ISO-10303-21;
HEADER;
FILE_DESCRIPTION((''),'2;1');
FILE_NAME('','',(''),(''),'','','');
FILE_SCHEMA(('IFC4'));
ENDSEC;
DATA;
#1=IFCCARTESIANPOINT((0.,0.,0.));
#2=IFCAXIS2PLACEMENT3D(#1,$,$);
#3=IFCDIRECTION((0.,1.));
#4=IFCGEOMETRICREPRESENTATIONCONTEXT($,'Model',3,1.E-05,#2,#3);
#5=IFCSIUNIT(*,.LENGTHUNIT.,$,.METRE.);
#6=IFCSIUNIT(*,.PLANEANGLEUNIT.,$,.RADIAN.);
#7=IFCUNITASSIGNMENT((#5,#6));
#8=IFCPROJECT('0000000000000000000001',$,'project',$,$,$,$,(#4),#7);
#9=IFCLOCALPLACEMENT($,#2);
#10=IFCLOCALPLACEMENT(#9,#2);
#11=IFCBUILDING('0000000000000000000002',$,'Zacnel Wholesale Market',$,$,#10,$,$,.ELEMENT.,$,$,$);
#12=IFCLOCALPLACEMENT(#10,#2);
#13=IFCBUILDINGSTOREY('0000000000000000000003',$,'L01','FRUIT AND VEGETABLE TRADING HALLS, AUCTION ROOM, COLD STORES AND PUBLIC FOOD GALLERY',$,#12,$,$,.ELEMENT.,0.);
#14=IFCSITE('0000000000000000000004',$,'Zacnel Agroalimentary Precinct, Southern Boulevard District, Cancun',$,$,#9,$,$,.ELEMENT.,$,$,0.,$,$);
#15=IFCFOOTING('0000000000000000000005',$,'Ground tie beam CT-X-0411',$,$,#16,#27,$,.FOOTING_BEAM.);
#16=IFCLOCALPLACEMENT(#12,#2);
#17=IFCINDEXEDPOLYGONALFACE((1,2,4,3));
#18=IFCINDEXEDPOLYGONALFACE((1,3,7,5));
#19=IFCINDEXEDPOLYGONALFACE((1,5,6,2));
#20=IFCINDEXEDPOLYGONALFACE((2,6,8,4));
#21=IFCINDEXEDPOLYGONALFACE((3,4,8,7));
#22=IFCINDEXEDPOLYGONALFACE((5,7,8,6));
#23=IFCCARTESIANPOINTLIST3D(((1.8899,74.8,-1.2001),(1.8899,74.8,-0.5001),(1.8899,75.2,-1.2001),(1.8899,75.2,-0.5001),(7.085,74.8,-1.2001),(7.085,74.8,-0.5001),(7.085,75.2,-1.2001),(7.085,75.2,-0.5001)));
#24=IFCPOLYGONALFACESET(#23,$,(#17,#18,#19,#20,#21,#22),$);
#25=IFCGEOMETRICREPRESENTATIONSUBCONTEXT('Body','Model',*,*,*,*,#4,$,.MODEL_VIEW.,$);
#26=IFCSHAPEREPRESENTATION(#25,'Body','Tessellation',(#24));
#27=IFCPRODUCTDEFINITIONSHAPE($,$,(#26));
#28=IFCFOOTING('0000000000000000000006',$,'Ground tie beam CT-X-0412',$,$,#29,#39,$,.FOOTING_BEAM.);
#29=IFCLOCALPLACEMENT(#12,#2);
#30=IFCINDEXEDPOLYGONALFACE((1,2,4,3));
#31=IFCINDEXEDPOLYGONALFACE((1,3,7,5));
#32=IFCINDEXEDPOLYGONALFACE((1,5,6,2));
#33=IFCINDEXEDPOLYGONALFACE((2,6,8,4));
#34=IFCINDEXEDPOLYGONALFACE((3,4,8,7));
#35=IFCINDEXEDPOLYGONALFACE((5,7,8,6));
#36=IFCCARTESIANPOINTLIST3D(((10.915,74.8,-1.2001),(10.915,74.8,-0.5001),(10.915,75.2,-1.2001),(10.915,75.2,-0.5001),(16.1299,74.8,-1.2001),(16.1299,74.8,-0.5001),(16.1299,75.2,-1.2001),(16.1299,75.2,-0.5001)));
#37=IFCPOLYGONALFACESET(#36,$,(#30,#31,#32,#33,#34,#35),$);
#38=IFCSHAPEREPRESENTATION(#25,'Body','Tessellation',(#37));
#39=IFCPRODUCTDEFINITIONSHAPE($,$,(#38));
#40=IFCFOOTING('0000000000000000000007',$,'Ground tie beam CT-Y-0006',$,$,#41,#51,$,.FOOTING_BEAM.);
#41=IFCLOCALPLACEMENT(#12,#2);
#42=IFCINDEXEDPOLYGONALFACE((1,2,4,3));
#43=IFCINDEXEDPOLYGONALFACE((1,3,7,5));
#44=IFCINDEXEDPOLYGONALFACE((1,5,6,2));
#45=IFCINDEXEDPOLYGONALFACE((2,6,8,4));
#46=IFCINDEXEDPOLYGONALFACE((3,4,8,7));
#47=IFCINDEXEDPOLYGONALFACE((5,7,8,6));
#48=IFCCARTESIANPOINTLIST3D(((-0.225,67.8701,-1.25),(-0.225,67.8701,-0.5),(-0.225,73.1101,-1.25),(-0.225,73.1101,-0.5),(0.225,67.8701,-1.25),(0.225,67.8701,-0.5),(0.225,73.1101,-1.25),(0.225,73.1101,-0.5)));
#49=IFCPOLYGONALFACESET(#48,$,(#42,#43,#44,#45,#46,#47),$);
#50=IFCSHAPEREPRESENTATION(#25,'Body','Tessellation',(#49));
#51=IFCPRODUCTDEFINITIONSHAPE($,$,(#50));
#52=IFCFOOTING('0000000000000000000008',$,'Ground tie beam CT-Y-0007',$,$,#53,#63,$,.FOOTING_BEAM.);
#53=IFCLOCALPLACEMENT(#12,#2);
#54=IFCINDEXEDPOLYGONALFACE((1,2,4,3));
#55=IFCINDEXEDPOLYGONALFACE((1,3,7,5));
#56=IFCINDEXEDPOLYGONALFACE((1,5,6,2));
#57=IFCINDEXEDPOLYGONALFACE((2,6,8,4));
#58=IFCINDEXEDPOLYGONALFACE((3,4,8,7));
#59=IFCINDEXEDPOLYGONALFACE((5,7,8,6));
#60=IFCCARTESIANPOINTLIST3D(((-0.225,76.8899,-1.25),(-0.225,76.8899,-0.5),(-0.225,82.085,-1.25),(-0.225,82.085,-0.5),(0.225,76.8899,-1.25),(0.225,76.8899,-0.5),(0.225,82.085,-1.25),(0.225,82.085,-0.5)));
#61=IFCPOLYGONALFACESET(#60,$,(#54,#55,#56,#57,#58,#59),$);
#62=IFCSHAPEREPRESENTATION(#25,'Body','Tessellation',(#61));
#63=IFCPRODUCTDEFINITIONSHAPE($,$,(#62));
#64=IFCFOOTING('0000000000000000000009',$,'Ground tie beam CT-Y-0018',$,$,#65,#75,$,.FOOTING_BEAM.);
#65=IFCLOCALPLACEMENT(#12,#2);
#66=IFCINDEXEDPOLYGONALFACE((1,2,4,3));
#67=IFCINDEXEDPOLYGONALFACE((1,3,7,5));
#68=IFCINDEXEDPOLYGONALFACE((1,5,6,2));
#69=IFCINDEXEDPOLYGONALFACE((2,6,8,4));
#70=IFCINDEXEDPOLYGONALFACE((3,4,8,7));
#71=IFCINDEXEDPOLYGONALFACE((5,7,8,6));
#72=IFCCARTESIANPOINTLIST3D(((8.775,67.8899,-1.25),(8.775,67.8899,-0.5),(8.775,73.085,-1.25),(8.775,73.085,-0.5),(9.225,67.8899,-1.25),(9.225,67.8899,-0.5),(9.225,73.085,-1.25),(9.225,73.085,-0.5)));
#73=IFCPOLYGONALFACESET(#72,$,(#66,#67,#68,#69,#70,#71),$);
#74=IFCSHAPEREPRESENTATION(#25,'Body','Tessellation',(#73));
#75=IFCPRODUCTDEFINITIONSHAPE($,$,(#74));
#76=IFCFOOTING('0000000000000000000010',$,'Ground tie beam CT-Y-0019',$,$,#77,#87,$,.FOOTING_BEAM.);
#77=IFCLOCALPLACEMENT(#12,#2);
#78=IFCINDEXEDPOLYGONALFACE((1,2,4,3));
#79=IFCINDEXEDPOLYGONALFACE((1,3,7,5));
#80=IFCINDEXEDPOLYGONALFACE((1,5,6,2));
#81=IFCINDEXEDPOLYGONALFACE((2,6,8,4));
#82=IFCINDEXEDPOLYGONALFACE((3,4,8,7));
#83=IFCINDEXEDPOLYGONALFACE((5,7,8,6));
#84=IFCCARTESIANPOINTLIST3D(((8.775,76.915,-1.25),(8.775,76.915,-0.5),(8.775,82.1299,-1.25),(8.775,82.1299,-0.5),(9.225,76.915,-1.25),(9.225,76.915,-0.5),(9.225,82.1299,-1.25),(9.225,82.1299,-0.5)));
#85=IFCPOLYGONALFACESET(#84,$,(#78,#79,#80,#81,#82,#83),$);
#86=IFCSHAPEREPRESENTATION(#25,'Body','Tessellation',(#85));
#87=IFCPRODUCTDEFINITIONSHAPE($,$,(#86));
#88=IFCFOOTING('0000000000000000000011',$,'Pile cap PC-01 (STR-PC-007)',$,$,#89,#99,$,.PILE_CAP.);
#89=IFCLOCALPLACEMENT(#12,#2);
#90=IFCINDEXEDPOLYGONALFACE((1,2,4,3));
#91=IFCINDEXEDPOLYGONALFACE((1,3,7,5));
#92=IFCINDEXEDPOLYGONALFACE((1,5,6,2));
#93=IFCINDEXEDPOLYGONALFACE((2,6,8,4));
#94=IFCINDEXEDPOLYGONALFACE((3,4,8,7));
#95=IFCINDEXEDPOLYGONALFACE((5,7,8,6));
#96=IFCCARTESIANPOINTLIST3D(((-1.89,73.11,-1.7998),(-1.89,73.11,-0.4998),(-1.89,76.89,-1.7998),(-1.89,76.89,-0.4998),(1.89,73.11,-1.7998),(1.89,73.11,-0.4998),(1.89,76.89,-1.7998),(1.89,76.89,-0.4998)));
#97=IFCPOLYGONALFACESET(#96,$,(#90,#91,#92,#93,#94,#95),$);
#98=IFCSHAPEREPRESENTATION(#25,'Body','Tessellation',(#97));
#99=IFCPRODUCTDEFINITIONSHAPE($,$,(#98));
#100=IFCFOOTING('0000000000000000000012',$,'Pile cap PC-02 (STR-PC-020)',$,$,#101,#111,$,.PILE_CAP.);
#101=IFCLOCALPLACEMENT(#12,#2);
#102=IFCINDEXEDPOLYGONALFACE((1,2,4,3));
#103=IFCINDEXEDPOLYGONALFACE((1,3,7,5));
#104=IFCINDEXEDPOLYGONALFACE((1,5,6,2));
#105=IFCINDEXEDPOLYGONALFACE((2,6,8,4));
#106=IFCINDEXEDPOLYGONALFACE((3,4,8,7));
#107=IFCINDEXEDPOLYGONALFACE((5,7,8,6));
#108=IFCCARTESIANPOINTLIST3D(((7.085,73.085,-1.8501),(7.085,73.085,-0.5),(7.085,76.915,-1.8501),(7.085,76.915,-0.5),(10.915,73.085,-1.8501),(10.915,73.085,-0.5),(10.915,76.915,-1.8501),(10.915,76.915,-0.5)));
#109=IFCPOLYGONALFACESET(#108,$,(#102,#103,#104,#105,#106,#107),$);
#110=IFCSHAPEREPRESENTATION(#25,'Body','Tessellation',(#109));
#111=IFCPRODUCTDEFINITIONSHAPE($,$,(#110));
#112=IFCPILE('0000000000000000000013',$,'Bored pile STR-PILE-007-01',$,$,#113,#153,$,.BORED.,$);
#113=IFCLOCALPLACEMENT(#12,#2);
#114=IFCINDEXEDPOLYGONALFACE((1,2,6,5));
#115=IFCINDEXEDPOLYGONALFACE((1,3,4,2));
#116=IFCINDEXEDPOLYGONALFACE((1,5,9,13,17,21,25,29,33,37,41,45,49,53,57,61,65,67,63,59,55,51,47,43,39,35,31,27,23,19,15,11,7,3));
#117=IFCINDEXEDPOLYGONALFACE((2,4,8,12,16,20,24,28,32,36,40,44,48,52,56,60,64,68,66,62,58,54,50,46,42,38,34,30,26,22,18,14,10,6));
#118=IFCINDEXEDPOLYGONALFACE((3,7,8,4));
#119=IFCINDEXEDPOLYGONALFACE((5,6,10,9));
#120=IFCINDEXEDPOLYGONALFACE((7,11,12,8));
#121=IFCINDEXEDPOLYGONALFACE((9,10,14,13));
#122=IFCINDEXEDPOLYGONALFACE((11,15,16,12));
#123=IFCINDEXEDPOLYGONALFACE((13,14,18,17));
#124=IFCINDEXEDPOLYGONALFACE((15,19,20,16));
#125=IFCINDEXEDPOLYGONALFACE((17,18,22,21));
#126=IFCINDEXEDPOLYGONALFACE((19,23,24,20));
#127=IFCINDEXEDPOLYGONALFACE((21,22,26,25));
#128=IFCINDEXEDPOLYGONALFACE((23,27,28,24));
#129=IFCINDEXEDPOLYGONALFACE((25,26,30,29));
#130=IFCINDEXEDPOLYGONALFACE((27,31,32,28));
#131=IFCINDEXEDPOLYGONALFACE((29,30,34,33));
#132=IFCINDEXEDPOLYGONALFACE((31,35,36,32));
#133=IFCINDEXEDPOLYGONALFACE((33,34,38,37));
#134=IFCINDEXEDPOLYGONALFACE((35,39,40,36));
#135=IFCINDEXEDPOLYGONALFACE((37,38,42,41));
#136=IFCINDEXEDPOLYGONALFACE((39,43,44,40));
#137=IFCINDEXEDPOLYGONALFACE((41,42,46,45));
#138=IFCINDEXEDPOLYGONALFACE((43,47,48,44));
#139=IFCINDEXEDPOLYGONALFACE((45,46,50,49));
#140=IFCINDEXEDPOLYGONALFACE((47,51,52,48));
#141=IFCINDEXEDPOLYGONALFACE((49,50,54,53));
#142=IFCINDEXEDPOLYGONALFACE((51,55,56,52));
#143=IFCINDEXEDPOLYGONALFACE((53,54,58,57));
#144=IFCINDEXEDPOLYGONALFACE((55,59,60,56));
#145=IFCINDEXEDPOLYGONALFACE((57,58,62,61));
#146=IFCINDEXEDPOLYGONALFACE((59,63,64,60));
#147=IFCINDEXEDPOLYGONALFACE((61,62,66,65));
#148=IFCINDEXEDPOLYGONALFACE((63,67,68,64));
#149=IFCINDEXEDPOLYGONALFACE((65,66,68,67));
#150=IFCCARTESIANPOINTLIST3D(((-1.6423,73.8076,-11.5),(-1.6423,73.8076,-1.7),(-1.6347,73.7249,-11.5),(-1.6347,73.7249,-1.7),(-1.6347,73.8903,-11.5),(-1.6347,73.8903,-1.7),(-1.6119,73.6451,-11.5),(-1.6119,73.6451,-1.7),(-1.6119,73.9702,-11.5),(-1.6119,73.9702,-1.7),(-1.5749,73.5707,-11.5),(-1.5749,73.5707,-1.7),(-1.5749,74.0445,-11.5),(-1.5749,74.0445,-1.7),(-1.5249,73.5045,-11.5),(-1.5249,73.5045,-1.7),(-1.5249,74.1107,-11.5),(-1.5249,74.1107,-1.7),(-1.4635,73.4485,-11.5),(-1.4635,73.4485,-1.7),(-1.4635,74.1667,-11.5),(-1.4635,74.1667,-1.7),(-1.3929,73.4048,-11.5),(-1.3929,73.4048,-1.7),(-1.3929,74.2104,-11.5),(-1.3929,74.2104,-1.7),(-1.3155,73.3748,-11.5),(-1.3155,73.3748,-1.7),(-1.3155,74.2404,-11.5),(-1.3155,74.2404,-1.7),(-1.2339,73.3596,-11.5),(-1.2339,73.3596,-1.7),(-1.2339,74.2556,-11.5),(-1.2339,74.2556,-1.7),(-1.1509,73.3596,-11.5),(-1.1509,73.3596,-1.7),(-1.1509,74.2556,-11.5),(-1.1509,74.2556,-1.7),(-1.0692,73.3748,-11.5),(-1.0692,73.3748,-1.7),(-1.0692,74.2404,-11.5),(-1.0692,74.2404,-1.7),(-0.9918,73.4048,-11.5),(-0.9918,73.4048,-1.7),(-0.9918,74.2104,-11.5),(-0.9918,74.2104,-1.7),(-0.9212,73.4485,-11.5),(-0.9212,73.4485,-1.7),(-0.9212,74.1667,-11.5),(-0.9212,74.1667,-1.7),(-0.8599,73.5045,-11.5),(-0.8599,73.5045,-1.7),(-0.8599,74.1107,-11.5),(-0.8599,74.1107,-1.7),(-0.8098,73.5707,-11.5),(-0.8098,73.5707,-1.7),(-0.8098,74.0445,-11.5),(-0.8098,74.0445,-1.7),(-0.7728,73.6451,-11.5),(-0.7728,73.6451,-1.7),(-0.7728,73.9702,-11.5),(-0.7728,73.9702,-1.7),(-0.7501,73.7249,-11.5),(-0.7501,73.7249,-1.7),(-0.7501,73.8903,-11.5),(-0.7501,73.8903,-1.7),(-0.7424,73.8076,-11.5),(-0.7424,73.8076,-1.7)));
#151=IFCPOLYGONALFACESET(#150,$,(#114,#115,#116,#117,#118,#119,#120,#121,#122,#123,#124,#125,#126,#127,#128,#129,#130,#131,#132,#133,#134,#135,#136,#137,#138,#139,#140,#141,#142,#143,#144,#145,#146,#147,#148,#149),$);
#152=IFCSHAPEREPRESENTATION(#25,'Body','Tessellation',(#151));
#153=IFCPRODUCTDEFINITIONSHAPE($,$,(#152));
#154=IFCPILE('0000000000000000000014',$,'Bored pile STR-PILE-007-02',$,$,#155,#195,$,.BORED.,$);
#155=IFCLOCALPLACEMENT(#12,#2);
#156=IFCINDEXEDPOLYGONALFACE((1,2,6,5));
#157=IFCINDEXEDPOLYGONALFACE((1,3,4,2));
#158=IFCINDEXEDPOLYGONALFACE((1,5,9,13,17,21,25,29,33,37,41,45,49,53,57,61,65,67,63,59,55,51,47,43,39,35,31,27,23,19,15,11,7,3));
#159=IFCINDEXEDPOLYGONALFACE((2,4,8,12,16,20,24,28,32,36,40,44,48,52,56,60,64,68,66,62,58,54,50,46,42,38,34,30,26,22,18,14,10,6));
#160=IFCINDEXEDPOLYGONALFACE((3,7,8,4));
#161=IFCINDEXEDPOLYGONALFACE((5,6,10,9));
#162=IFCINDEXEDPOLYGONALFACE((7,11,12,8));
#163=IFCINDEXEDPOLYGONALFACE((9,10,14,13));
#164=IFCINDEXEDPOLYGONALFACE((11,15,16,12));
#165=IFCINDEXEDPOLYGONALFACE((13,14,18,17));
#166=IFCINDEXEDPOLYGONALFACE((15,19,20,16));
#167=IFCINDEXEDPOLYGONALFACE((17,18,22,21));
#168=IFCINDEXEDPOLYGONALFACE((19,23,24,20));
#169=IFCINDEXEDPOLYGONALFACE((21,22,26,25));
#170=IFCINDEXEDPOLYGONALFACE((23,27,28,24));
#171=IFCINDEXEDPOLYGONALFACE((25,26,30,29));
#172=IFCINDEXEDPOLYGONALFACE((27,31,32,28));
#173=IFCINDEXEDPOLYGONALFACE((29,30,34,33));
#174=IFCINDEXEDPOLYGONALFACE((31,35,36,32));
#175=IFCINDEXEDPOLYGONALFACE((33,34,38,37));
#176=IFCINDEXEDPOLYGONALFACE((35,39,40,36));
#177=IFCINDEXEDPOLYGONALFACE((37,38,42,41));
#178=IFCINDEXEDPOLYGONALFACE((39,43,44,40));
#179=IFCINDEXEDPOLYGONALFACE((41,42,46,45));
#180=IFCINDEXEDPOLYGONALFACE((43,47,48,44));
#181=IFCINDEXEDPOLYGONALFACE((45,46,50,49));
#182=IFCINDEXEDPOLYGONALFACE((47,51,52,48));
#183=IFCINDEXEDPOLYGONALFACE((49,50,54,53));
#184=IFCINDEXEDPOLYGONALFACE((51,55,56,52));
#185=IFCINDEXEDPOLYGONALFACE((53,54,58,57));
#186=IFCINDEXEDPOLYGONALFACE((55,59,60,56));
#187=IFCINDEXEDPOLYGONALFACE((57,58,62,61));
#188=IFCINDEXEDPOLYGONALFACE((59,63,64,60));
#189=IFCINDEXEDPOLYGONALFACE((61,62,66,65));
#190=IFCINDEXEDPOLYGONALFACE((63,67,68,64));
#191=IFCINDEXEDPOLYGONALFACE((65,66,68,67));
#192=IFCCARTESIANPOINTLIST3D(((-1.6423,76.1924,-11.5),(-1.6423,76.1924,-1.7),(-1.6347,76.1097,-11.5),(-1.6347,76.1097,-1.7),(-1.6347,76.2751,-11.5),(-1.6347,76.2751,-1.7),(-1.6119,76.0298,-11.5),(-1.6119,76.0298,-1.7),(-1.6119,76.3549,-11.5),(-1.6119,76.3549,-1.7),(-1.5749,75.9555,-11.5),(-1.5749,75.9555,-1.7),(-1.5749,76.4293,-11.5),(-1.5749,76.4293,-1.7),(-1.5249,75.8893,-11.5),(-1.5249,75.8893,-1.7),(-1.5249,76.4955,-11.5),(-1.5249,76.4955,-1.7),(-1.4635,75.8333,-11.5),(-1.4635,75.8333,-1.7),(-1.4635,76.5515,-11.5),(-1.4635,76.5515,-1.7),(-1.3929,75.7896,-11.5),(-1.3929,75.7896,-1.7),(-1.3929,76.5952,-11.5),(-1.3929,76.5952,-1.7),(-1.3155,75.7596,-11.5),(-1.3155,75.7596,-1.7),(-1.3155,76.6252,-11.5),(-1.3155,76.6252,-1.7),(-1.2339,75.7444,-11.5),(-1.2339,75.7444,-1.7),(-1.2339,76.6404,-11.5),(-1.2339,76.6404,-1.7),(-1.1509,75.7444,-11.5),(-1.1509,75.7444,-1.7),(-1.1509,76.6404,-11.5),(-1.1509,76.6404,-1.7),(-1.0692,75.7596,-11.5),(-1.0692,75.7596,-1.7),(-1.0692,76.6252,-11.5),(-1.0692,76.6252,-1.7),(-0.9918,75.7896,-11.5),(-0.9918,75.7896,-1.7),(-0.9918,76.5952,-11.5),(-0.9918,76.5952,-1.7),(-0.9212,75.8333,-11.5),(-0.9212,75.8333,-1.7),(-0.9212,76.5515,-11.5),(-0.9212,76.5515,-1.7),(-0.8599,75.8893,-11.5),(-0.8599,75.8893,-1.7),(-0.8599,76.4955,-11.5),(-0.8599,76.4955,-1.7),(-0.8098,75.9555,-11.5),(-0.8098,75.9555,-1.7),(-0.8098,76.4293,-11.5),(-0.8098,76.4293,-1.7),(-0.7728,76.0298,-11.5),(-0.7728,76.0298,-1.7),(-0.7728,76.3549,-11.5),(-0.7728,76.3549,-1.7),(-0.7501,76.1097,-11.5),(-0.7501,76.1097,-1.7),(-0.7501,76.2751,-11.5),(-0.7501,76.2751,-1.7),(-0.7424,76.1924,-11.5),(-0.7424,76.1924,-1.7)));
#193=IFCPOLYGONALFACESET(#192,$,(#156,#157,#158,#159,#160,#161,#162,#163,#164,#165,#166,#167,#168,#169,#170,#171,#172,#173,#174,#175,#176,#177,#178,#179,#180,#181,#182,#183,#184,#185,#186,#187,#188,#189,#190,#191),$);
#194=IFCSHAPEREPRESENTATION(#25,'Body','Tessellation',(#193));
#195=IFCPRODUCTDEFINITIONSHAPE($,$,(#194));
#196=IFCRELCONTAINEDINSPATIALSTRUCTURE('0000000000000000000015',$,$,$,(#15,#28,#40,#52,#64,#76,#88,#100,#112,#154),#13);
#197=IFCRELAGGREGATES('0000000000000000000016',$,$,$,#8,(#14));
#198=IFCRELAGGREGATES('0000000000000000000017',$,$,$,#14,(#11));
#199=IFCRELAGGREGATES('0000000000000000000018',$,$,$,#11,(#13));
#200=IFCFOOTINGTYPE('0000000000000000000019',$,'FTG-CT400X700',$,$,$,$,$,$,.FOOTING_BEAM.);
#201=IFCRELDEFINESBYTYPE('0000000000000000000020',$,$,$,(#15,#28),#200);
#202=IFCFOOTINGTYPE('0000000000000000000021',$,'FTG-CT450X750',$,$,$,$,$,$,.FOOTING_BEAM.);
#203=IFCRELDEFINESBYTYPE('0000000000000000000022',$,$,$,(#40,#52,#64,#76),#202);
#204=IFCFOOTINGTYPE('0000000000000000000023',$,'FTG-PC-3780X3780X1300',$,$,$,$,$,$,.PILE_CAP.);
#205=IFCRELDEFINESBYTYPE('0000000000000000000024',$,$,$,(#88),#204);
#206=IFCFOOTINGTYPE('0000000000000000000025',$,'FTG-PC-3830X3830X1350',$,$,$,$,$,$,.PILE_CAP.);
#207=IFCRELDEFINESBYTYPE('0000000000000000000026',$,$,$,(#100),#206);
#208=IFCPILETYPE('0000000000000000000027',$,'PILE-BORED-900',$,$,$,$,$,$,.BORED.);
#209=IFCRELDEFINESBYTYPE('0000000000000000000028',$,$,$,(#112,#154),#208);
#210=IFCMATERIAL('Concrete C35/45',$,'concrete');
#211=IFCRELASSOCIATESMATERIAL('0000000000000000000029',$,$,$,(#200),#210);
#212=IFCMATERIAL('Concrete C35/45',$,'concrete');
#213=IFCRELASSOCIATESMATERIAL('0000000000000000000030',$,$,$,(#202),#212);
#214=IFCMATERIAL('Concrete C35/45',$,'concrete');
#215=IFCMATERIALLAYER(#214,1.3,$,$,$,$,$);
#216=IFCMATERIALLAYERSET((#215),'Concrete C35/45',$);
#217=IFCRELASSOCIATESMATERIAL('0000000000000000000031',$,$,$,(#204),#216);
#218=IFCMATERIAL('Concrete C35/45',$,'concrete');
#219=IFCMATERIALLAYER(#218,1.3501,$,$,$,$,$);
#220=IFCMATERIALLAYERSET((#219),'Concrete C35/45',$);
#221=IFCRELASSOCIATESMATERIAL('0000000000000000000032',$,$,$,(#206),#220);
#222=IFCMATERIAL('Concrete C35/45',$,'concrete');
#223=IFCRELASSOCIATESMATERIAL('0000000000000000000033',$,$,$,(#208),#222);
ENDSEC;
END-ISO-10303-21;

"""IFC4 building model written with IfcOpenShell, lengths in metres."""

from ifc_helpers import new_model, si_unit, direction, frame, origin, origin_2d, place, context, subcontext, project, spatial, rectangle, circle, extrude, material, layer, layer_set, material_profile, profile_set, type_object, element, save


model = new_model("IFC4")

# Units and contexts
model_context = context("Model", 3, precision=1e-05, world=origin(), true_north=direction((0.0, 1.0)))
body_context = subcontext(model_context, "Body", "Model", "MODEL_VIEW")
ifc_project = project(units=[si_unit("LENGTHUNIT", "METRE"), si_unit("PLANEANGLEUNIT", "RADIAN")], contexts=[model_context])

# Site, building, storey
site_placement = place(None, origin())
site = spatial("IfcSite", under=ifc_project, at=site_placement, Name="Zacnel Agroalimentary Precinct, Southern Boulevard District, Cancun", CompositionType="ELEMENT", RefElevation=0.0)
building_placement = place(site_placement, origin())
building = spatial("IfcBuilding", under=site, at=building_placement, Name="Zacnel Wholesale Market", CompositionType="ELEMENT")
storey_placement = place(building_placement, origin())
storey = spatial("IfcBuildingStorey", under=building, at=storey_placement, Name="L01", Description="FRUIT AND VEGETABLE TRADING HALLS, AUCTION ROOM, COLD STORES AND PUBLIC FOOD GALLERY", CompositionType="ELEMENT", Elevation=0.0)

# Footings
ifc_material_1 = material(Name="Concrete C35/45", Category="concrete")
ifc_material_profile_1 = material_profile(ifc_material_1, rectangle(XDim=0.3999, YDim=0.7, at=origin_2d()), Name="CT 400x700")
ifc_profile_set_1 = profile_set([ifc_material_profile_1], Name="Concrete C35/45")
footing_type_1 = type_object("IfcFootingType", Name="FTG-CT400X700", PredefinedType="FOOTING_BEAM", material=ifc_profile_set_1)
footing_1_placement = place(storey_placement, frame((1.8899, 75.0, -0.8501), z_axis=(1.0, 0.0, 0.0), x_axis=(0.0, 1.0, 0.0)))
element("IfcFooting", 1, at=footing_1_placement, inside=storey, type_object=footing_type_1, Name="Ground tie beam CT-X-0411", PredefinedType="FOOTING_BEAM", context=body_context, shape_type="SweptSolid", body=[
    extrude(rectangle(XDim=0.3999, YDim=0.7, at=origin_2d()), origin(), (0.0, 0.0, 1.0), 5.1951),
])
footing_2_placement = place(storey_placement, frame((10.915, 75.0, -0.8501), z_axis=(1.0, 0.0, 0.0), x_axis=(0.0, 1.0, 0.0)))
element("IfcFooting", 2, at=footing_2_placement, inside=storey, type_object=footing_type_1, Name="Ground tie beam CT-X-0412", PredefinedType="FOOTING_BEAM", context=body_context, shape_type="SweptSolid", body=[
    extrude(rectangle(XDim=0.3999, YDim=0.7, at=origin_2d()), origin(), (0.0, 0.0, 1.0), 5.2148),
])
ifc_material_2 = material(Name="Concrete C35/45", Category="concrete")
ifc_material_profile_2 = material_profile(ifc_material_2, rectangle(XDim=0.45, YDim=0.75, at=origin_2d()), Name="CT 450x750")
ifc_profile_set_2 = profile_set([ifc_material_profile_2], Name="Concrete C35/45")
footing_type_2 = type_object("IfcFootingType", Name="FTG-CT450X750", PredefinedType="FOOTING_BEAM", material=ifc_profile_set_2)
footing_3_placement = place(storey_placement, frame((0.0, 67.8701, -0.875), z_axis=(0.0, 1.0, 0.0), x_axis=(-1.0, 0.0, 0.0)))
element("IfcFooting", 3, at=footing_3_placement, inside=storey, type_object=footing_type_2, Name="Ground tie beam CT-Y-0006", PredefinedType="FOOTING_BEAM", context=body_context, shape_type="SweptSolid", body=[
    extrude(rectangle(XDim=0.45, YDim=0.75, at=origin_2d()), origin(), (0.0, 0.0, 1.0), 5.24),
])
for number, where, z_axis, x_axis, name in (
    (4, (0.0, 76.8899, -0.875), (0.0, 1.0, 0.0), (-1.0, 0.0, 0.0), "Ground tie beam CT-Y-0007"),
    (5, (9.0, 67.8899, -0.875), (0.0, 1.0, 0.0), (-1.0, 0.0, 0.0), "Ground tie beam CT-Y-0018"),
):
    element("IfcFooting", number, at=place(storey_placement, frame(where, z_axis=z_axis, x_axis=x_axis)), inside=storey, type_object=footing_type_2, Name=name, PredefinedType="FOOTING_BEAM", context=body_context, shape_type="SweptSolid", body=[
        extrude(rectangle(XDim=0.45, YDim=0.75, at=origin_2d()), origin(), (0.0, 0.0, 1.0), 5.1951),
    ])
footing_4_placement = place(storey_placement, frame((9.0, 76.915, -0.875), z_axis=(0.0, 1.0, 0.0), x_axis=(-1.0, 0.0, 0.0)))
element("IfcFooting", 6, at=footing_4_placement, inside=storey, type_object=footing_type_2, Name="Ground tie beam CT-Y-0019", PredefinedType="FOOTING_BEAM", context=body_context, shape_type="SweptSolid", body=[
    extrude(rectangle(XDim=0.45, YDim=0.75, at=origin_2d()), origin(), (0.0, 0.0, 1.0), 5.2148),
])
ifc_material_3 = material(Name="Concrete C35/45", Category="concrete")
ifc_layer_1 = layer(ifc_material_3, 1.3)
ifc_layer_set_1 = layer_set([ifc_layer_1], Name="Concrete C35/45")
footing_type_3 = type_object("IfcFootingType", Name="FTG-PC-3780X3780X1300", PredefinedType="PILE_CAP", material=ifc_layer_set_1)
footing_5_placement = place(storey_placement, frame((0.0, 75.0, -1.7998), z_axis=(0.0, 0.0, 1.0), x_axis=(1.0, 0.0, 0.0)))
element("IfcFooting", 7, at=footing_5_placement, inside=storey, type_object=footing_type_3, Name="Pile cap PC-01 (STR-PC-007)", PredefinedType="PILE_CAP", context=body_context, shape_type="SweptSolid", body=[
    extrude(rectangle(XDim=3.78, YDim=3.78, at=origin_2d()), origin(), (0.0, 0.0, 1.0), 1.3),
])
ifc_material_4 = material(Name="Concrete C35/45", Category="concrete")
ifc_layer_2 = layer(ifc_material_4, 1.3501)
ifc_layer_set_2 = layer_set([ifc_layer_2], Name="Concrete C35/45")
footing_type_4 = type_object("IfcFootingType", Name="FTG-PC-3830X3830X1350", PredefinedType="PILE_CAP", material=ifc_layer_set_2)
footing_6_placement = place(storey_placement, frame((9.0, 75.0, -1.8501), z_axis=(0.0, 0.0, 1.0), x_axis=(1.0, 0.0, 0.0)))
element("IfcFooting", 8, at=footing_6_placement, inside=storey, type_object=footing_type_4, Name="Pile cap PC-02 (STR-PC-020)", PredefinedType="PILE_CAP", context=body_context, shape_type="SweptSolid", body=[
    extrude(rectangle(XDim=3.8301, YDim=3.8301, at=origin_2d()), origin(), (0.0, 0.0, 1.0), 1.3501),
])

# Piles
ifc_material_5 = material(Name="Concrete C35/45", Category="concrete")
ifc_material_profile_3 = material_profile(ifc_material_5, circle(Radius=0.45, at=origin_2d()), Name="BORED PILE D900")
ifc_profile_set_3 = profile_set([ifc_material_profile_3], Name="Concrete C35/45")
pile_type = type_object("IfcPileType", Name="PILE-BORED-900", PredefinedType="BORED", material=ifc_profile_set_3)
for number, where, z_axis, x_axis, name in (
    (9, (-1.1924, 73.8076, -1.7), (0.0, 0.0, -1.0), (1.0, 0.0, 0.0), "Bored pile STR-PILE-007-01"),
    (10, (-1.1924, 76.1924, -1.7), (0.0, 0.0, -1.0), (1.0, 0.0, 0.0), "Bored pile STR-PILE-007-02"),
):
    element("IfcPile", number, at=place(storey_placement, frame(where, z_axis=z_axis, x_axis=x_axis)), inside=storey, type_object=pile_type, Name=name, PredefinedType="BORED", context=body_context, shape_type="SweptSolid", body=[
        extrude(circle(Radius=0.45, at=origin_2d()), origin(), (0.0, 0.0, 1.0), 9.8),
    ])

save(model, "model.ifc")
